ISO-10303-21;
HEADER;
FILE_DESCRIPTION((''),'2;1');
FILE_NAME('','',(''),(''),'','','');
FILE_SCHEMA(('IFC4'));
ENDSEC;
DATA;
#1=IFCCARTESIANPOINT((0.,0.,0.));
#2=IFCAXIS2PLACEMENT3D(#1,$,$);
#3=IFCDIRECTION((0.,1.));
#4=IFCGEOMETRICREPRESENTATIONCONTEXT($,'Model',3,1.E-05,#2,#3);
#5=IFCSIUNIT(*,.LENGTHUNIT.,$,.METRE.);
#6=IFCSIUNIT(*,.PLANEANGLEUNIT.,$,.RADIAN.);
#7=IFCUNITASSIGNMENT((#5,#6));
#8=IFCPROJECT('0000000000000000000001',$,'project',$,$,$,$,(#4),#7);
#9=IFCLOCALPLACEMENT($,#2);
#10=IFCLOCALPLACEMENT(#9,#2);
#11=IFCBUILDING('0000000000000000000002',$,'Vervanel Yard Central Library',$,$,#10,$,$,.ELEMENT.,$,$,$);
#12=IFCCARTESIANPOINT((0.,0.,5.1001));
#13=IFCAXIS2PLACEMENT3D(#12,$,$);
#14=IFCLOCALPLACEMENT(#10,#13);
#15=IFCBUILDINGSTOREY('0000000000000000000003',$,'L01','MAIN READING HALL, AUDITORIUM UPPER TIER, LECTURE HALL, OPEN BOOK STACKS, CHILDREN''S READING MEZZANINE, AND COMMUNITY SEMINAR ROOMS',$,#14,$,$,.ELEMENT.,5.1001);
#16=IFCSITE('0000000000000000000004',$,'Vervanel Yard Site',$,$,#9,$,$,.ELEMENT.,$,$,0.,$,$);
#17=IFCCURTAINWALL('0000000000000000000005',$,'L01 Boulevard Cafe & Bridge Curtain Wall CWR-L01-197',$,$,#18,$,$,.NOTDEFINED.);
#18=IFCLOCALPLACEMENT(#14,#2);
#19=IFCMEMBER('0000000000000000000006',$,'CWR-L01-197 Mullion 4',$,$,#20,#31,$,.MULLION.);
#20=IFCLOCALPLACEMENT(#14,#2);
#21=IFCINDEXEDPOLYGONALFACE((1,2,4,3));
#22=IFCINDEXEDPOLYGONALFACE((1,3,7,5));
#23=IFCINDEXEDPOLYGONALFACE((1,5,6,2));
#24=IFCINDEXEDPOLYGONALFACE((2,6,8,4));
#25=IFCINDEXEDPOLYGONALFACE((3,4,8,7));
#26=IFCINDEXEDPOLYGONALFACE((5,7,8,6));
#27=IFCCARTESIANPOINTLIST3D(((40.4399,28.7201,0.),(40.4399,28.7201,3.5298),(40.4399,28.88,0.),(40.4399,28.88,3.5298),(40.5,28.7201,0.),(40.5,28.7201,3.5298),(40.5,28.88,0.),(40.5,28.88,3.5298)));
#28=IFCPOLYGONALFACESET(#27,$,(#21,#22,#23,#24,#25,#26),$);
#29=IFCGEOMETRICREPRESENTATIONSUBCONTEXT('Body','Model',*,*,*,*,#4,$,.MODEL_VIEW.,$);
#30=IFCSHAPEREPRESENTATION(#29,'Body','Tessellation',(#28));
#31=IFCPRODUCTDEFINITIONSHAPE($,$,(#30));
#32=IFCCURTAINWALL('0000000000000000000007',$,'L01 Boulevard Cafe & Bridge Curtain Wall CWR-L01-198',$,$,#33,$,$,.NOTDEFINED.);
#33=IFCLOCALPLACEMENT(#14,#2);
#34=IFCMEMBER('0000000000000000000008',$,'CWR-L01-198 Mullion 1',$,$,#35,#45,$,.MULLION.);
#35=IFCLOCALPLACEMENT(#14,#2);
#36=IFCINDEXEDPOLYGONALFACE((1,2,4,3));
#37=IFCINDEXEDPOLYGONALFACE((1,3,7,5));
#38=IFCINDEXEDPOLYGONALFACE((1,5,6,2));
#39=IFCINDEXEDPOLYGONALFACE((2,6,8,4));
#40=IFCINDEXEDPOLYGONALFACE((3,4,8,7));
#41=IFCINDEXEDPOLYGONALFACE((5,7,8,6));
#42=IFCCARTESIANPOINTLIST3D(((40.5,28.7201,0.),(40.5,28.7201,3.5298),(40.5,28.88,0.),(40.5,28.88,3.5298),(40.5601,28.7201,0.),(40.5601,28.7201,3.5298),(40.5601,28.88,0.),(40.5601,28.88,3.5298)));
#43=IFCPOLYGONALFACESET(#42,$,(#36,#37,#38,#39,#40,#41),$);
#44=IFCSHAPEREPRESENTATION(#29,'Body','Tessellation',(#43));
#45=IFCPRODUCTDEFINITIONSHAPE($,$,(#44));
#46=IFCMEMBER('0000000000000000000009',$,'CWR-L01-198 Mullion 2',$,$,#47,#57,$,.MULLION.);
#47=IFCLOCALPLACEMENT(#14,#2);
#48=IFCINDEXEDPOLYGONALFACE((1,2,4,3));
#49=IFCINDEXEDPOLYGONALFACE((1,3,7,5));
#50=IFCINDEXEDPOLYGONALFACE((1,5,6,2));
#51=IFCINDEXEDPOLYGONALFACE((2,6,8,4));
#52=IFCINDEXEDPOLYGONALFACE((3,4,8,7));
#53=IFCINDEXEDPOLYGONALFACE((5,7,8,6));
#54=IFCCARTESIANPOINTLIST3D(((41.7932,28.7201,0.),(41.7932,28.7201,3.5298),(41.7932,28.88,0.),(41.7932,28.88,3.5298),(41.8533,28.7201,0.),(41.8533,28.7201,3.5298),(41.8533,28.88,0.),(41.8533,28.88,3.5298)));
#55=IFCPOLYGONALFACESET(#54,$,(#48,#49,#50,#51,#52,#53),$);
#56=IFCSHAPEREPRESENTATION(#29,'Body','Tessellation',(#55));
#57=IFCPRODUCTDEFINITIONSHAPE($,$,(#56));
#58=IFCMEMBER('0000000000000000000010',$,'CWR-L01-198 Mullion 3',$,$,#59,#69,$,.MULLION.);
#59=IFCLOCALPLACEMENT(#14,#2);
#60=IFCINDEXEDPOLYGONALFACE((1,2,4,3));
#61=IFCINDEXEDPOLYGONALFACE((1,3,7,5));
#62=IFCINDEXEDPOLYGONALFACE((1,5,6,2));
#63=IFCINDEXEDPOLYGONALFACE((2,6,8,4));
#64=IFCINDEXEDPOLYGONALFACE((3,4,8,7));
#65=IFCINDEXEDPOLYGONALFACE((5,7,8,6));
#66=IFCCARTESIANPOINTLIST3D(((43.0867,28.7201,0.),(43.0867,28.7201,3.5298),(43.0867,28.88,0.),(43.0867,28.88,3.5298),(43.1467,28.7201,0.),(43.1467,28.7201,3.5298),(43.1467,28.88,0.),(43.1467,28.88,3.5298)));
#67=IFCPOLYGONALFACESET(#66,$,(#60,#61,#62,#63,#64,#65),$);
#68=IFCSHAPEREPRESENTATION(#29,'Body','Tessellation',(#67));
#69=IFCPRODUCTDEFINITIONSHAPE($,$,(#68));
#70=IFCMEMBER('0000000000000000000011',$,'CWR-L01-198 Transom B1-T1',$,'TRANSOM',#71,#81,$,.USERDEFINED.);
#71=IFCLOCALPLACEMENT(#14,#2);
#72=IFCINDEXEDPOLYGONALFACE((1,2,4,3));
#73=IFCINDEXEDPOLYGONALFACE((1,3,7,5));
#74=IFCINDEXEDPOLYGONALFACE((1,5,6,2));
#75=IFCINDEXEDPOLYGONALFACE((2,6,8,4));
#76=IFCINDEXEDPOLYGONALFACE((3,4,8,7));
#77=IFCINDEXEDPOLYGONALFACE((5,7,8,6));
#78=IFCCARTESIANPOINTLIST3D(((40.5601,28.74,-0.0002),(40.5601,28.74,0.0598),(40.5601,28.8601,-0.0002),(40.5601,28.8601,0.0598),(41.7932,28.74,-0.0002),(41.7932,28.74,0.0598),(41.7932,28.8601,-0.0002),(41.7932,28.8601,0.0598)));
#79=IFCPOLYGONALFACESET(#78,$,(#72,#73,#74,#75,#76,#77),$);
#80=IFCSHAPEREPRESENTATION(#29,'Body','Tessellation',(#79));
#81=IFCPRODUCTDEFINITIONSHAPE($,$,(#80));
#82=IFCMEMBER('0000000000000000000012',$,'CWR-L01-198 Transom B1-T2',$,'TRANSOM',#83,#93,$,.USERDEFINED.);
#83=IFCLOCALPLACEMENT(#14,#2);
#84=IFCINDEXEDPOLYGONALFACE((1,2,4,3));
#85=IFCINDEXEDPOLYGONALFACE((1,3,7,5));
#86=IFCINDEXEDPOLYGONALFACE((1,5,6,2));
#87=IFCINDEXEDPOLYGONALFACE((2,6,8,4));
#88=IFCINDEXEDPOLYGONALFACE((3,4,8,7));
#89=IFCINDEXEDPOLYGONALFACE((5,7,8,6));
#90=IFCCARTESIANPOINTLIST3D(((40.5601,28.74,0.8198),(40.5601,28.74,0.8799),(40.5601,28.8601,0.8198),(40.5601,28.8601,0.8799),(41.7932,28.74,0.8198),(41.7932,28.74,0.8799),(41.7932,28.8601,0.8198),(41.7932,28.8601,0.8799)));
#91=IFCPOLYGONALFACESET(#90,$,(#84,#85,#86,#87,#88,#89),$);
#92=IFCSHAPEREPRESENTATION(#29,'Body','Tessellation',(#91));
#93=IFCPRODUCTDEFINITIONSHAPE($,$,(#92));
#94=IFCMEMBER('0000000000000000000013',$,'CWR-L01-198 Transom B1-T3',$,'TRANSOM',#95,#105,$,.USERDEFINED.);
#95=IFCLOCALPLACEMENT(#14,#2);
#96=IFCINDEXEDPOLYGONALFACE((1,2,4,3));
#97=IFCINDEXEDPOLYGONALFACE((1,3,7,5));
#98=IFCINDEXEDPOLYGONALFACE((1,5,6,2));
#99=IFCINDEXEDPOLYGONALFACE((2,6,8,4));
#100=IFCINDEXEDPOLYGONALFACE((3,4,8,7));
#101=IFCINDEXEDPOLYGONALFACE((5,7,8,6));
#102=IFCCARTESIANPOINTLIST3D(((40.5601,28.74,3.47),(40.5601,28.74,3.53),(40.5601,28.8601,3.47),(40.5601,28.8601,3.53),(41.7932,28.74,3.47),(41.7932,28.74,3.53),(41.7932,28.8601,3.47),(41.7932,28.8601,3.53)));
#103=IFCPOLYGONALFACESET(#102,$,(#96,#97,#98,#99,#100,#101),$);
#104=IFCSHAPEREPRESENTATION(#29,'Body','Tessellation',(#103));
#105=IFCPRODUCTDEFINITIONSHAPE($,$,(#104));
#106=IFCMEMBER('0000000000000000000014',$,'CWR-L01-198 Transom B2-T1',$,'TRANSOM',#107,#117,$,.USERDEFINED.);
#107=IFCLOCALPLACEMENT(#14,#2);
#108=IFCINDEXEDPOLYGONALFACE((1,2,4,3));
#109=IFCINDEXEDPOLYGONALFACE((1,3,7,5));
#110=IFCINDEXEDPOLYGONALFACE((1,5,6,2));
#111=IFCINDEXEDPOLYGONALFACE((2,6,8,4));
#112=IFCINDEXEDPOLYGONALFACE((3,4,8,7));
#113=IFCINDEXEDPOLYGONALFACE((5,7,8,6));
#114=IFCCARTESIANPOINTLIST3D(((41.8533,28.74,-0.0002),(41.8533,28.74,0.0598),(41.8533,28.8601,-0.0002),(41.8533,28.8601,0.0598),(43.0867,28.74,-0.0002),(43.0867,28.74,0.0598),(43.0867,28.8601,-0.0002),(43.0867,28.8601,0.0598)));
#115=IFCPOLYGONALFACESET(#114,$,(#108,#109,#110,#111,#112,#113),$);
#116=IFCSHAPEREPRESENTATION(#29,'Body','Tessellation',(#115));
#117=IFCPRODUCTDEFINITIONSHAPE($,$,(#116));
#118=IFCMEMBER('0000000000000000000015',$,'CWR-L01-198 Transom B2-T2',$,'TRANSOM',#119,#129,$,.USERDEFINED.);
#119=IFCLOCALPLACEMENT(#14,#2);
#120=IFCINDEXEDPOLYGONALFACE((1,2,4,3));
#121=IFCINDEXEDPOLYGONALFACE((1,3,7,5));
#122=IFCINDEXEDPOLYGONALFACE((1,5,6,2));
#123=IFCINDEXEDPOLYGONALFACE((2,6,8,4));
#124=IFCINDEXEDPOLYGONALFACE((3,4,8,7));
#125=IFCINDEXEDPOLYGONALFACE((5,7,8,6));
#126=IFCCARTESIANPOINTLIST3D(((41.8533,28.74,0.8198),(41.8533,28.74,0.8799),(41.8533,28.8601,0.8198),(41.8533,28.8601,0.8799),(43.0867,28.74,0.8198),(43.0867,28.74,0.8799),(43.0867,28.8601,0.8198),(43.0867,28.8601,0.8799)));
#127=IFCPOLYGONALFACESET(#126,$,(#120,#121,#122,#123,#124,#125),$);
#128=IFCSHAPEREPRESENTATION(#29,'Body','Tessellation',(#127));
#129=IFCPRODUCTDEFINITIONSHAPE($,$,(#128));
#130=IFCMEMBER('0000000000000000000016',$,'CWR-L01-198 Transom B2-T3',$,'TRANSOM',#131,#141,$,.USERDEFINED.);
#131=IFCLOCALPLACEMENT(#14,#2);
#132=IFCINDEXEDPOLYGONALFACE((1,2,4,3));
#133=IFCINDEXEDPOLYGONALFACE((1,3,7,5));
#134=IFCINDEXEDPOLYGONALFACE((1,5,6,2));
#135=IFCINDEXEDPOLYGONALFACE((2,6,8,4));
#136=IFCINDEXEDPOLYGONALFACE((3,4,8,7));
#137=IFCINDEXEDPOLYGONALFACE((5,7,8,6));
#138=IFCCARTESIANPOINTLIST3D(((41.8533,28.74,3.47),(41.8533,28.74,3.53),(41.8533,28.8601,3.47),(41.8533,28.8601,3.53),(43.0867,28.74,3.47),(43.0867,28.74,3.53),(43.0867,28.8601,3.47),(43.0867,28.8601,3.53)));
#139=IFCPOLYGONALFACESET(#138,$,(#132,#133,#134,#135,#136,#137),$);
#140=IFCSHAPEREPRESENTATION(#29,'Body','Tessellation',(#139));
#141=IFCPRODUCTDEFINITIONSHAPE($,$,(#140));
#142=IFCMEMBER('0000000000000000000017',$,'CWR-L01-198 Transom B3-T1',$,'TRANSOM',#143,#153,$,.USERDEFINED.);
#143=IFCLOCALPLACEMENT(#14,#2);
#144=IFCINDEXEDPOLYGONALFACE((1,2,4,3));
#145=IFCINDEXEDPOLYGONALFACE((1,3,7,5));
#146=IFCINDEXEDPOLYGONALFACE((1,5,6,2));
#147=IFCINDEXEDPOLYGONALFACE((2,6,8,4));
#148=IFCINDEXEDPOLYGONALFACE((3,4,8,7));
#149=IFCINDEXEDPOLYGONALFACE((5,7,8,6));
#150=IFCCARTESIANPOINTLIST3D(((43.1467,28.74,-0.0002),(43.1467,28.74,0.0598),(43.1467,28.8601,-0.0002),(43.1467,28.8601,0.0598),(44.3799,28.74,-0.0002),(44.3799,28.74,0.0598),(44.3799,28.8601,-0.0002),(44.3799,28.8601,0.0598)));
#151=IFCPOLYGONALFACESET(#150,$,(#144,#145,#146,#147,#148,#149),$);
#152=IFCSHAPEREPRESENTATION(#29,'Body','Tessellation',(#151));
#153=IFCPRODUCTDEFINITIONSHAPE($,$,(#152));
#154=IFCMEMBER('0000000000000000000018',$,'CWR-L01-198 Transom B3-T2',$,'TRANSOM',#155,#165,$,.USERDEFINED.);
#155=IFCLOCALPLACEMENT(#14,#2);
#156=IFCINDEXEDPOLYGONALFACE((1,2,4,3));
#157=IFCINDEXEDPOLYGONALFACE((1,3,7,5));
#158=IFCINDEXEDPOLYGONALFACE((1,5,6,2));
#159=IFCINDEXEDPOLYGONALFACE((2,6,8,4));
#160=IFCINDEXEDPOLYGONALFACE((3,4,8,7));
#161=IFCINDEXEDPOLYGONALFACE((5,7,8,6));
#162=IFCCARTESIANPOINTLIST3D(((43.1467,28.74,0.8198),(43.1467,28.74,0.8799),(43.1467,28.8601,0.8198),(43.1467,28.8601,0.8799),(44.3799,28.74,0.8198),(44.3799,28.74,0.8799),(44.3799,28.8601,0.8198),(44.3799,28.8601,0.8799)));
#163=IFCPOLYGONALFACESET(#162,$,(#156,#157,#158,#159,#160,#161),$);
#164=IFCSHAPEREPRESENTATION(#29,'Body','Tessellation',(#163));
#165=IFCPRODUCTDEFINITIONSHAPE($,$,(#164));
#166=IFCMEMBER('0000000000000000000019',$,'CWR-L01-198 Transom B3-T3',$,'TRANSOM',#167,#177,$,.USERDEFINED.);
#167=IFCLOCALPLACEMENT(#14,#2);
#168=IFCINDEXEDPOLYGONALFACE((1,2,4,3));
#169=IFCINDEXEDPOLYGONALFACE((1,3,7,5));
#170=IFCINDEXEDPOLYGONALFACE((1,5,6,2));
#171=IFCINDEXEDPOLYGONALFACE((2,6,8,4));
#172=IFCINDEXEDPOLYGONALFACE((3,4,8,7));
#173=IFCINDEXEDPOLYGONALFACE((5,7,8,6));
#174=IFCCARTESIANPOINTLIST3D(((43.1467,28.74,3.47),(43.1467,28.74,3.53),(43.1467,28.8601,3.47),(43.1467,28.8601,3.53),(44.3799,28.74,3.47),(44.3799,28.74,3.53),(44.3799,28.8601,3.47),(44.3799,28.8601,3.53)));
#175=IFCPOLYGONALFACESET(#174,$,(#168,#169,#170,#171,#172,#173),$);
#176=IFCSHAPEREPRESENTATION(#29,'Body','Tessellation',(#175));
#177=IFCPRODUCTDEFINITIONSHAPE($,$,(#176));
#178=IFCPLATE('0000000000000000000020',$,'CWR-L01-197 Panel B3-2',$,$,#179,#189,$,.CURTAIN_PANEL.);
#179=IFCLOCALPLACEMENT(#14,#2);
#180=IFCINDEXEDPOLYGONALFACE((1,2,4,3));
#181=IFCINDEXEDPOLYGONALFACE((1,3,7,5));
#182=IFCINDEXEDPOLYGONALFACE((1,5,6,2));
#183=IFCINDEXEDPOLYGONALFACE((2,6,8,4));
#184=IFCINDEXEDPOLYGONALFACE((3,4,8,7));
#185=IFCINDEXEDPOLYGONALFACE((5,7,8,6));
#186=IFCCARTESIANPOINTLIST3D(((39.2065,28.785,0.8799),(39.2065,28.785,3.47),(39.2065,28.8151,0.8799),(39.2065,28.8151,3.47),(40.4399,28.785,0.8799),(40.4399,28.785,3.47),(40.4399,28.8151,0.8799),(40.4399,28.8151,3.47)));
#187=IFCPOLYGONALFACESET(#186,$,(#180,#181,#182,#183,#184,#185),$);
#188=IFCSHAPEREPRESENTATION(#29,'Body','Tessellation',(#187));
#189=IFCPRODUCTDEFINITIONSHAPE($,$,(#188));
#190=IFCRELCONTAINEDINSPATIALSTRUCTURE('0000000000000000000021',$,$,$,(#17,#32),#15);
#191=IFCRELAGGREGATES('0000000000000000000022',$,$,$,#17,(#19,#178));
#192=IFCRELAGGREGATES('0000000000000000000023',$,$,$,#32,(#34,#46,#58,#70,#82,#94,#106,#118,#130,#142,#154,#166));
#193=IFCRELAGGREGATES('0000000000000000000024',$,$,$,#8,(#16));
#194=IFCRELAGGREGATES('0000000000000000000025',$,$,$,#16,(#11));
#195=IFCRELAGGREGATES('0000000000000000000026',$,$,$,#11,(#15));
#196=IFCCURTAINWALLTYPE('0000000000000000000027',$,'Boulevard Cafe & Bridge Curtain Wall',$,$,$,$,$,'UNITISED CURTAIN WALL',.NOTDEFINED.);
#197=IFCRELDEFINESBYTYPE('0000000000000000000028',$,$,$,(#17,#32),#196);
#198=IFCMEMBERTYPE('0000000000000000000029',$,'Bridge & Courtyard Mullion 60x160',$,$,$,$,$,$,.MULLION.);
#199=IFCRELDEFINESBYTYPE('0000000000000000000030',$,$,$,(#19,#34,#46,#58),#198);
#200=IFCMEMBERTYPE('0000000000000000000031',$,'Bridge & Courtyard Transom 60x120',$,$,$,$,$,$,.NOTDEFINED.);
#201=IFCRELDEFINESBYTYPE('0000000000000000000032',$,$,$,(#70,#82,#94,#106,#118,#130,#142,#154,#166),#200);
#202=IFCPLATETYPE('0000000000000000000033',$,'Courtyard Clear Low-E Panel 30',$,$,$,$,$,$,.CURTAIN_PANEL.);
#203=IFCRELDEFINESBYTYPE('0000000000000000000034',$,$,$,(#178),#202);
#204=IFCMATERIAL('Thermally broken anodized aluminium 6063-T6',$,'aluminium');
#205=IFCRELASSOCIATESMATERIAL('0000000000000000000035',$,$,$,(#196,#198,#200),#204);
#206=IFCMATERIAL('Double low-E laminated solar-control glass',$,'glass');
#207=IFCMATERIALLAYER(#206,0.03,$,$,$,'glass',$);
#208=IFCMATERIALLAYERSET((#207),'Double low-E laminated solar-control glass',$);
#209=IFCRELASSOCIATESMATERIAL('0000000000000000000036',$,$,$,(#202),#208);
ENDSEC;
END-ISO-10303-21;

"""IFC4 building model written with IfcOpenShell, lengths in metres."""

from ifc_helpers import new_model, si_unit, direction, frame, origin, origin_2d, place, context, subcontext, project, spatial, rectangle, extrude, material, layer, layer_set, material_profile, profile_set, type_object, element, aggregate, save


model = new_model("IFC4")

# Units and contexts
model_context = context("Model", 3, precision=1e-05, world=origin(), true_north=direction((0.0, 1.0)))
body_context = subcontext(model_context, "Body", "Model", "MODEL_VIEW")
ifc_project = project(units=[si_unit("LENGTHUNIT", "METRE"), si_unit("PLANEANGLEUNIT", "RADIAN")], contexts=[model_context])

# Site, building, storey
site_placement = place(None, origin())
site = spatial("IfcSite", under=ifc_project, at=site_placement, Name="Vervanel Yard Site", CompositionType="ELEMENT", RefElevation=0.0)
building_placement = place(site_placement, origin())
building = spatial("IfcBuilding", under=site, at=building_placement, Name="Vervanel Yard Central Library", CompositionType="ELEMENT")
storey_placement = place(building_placement, frame((0.0, 0.0, 5.1001)))
storey = spatial("IfcBuildingStorey", under=building, at=storey_placement, Name="L01", Description="MAIN READING HALL, AUDITORIUM UPPER TIER, LECTURE HALL, OPEN BOOK STACKS, CHILDREN'S READING MEZZANINE, AND COMMUNITY SEMINAR ROOMS", CompositionType="ELEMENT", Elevation=5.1001)

# Curtain wall, member
ifc_material_1 = material(Name="Thermally broken anodized aluminium 6063-T6", Category="aluminium")
curtain_wall_type = type_object("IfcCurtainWallType", Name="Boulevard Cafe & Bridge Curtain Wall", ElementType="UNITISED CURTAIN WALL", PredefinedType="NOTDEFINED", material=ifc_material_1)
curtain_wall_1_placement = place(storey_placement, origin())
curtain_wall_1 = element("IfcCurtainWall", 1, at=curtain_wall_1_placement, inside=storey, type_object=curtain_wall_type, Name="L01 Boulevard Cafe & Bridge Curtain Wall CWR-L01-197", PredefinedType="NOTDEFINED")
ifc_material_profile_1 = material_profile(ifc_material_1, rectangle(XDim=0.0601, YDim=0.1599, at=origin_2d()), Name="ALU 60x160", Category="aluminium")
ifc_profile_set_1 = profile_set([ifc_material_profile_1], Name="Thermally broken anodized aluminium 6063-T6")
member_type_1 = type_object("IfcMemberType", Name="Bridge & Courtyard Mullion 60x160", PredefinedType="MULLION", material=ifc_profile_set_1)
member_1_placement = place(storey_placement, frame((40.47, 28.8, 0.0), z_axis=(0.0, 0.0, 1.0), x_axis=(1.0, 0.0, 0.0)))
member_1 = element("IfcMember", 2, at=member_1_placement, type_object=member_type_1, Name="CWR-L01-197 Mullion 4", PredefinedType="MULLION", context=body_context, shape_type="SweptSolid", body=[
    extrude(rectangle(XDim=0.0601, YDim=0.1599, at=origin_2d()), origin(), (0.0, 0.0, 1.0), 3.5298),
])

# Curtain wall, members
curtain_wall_2_placement = place(storey_placement, origin())
curtain_wall_2 = element("IfcCurtainWall", 3, at=curtain_wall_2_placement, inside=storey, type_object=curtain_wall_type, Name="L01 Boulevard Cafe & Bridge Curtain Wall CWR-L01-198", PredefinedType="NOTDEFINED")
member_2_placement = place(storey_placement, frame((40.53, 28.8, 0.0), z_axis=(0.0, 0.0, 1.0), x_axis=(1.0, 0.0, 0.0)))
member_2 = element("IfcMember", 4, at=member_2_placement, type_object=member_type_1, Name="CWR-L01-198 Mullion 1", PredefinedType="MULLION", context=body_context, shape_type="SweptSolid", body=[
    extrude(rectangle(XDim=0.0601, YDim=0.1599, at=origin_2d()), origin(), (0.0, 0.0, 1.0), 3.5298),
])
member_3_placement = place(storey_placement, frame((41.8232, 28.8, 0.0), z_axis=(0.0, 0.0, 1.0), x_axis=(1.0, 0.0, 0.0)))
member_3 = element("IfcMember", 5, at=member_3_placement, type_object=member_type_1, Name="CWR-L01-198 Mullion 2", PredefinedType="MULLION", context=body_context, shape_type="SweptSolid", body=[
    extrude(rectangle(XDim=0.0601, YDim=0.1599, at=origin_2d()), origin(), (0.0, 0.0, 1.0), 3.5298),
])
member_4_placement = place(storey_placement, frame((43.1167, 28.8, 0.0), z_axis=(0.0, 0.0, 1.0), x_axis=(1.0, 0.0, 0.0)))
member_4 = element("IfcMember", 6, at=member_4_placement, type_object=member_type_1, Name="CWR-L01-198 Mullion 3", PredefinedType="MULLION", context=body_context, shape_type="SweptSolid", body=[
    extrude(rectangle(XDim=0.0601, YDim=0.1599, at=origin_2d()), origin(), (0.0, 0.0, 1.0), 3.5298),
])
ifc_material_profile_2 = material_profile(ifc_material_1, rectangle(XDim=0.0601, YDim=0.1201, at=origin_2d()), Name="ALU 60x120", Category="aluminium")
ifc_profile_set_2 = profile_set([ifc_material_profile_2], Name="Thermally broken anodized aluminium 6063-T6")
member_type_2 = type_object("IfcMemberType", Name="Bridge & Courtyard Transom 60x120", PredefinedType="NOTDEFINED", material=ifc_profile_set_2)
member_5_placement = place(storey_placement, frame((40.5601, 28.8, 0.0298), z_axis=(1.0, 0.0, 0.0), x_axis=(0.0, 0.0, 1.0)))
member_5 = element("IfcMember", 7, at=member_5_placement, type_object=member_type_2, Name="CWR-L01-198 Transom B1-T1", ObjectType="TRANSOM", PredefinedType="USERDEFINED", context=body_context, shape_type="SweptSolid", body=[
    extrude(rectangle(XDim=0.0601, YDim=0.1201, at=origin_2d()), origin(), (0.0, 0.0, 1.0), 1.2332),
])
member_6_placement = place(storey_placement, frame((40.5601, 28.8, 0.8499), z_axis=(1.0, 0.0, 0.0), x_axis=(0.0, 0.0, 1.0)))
member_6 = element("IfcMember", 8, at=member_6_placement, type_object=member_type_2, Name="CWR-L01-198 Transom B1-T2", ObjectType="TRANSOM", PredefinedType="USERDEFINED", context=body_context, shape_type="SweptSolid", body=[
    extrude(rectangle(XDim=0.0601, YDim=0.1201, at=origin_2d()), origin(), (0.0, 0.0, 1.0), 1.2332),
])
member_7_placement = place(storey_placement, frame((40.5601, 28.8, 3.5), z_axis=(1.0, 0.0, 0.0), x_axis=(0.0, 0.0, 1.0)))
member_7 = element("IfcMember", 9, at=member_7_placement, type_object=member_type_2, Name="CWR-L01-198 Transom B1-T3", ObjectType="TRANSOM", PredefinedType="USERDEFINED", context=body_context, shape_type="SweptSolid", body=[
    extrude(rectangle(XDim=0.0601, YDim=0.1201, at=origin_2d()), origin(), (0.0, 0.0, 1.0), 1.2332),
])
member_8_placement = place(storey_placement, frame((41.8533, 28.8, 0.0298), z_axis=(1.0, 0.0, 0.0), x_axis=(0.0, 0.0, 1.0)))
member_8 = element("IfcMember", 10, at=member_8_placement, type_object=member_type_2, Name="CWR-L01-198 Transom B2-T1", ObjectType="TRANSOM", PredefinedType="USERDEFINED", context=body_context, shape_type="SweptSolid", body=[
    extrude(rectangle(XDim=0.0601, YDim=0.1201, at=origin_2d()), origin(), (0.0, 0.0, 1.0), 1.2334),
])
member_9_placement = place(storey_placement, frame((41.8533, 28.8, 0.8499), z_axis=(1.0, 0.0, 0.0), x_axis=(0.0, 0.0, 1.0)))
member_9 = element("IfcMember", 11, at=member_9_placement, type_object=member_type_2, Name="CWR-L01-198 Transom B2-T2", ObjectType="TRANSOM", PredefinedType="USERDEFINED", context=body_context, shape_type="SweptSolid", body=[
    extrude(rectangle(XDim=0.0601, YDim=0.1201, at=origin_2d()), origin(), (0.0, 0.0, 1.0), 1.2334),
])
member_10_placement = place(storey_placement, frame((41.8533, 28.8, 3.5), z_axis=(1.0, 0.0, 0.0), x_axis=(0.0, 0.0, 1.0)))
member_10 = element("IfcMember", 12, at=member_10_placement, type_object=member_type_2, Name="CWR-L01-198 Transom B2-T3", ObjectType="TRANSOM", PredefinedType="USERDEFINED", context=body_context, shape_type="SweptSolid", body=[
    extrude(rectangle(XDim=0.0601, YDim=0.1201, at=origin_2d()), origin(), (0.0, 0.0, 1.0), 1.2334),
])
member_11_placement = place(storey_placement, frame((43.1467, 28.8, 0.0298), z_axis=(1.0, 0.0, 0.0), x_axis=(0.0, 0.0, 1.0)))
member_11 = element("IfcMember", 13, at=member_11_placement, type_object=member_type_2, Name="CWR-L01-198 Transom B3-T1", ObjectType="TRANSOM", PredefinedType="USERDEFINED", context=body_context, shape_type="SweptSolid", body=[
    extrude(rectangle(XDim=0.0601, YDim=0.1201, at=origin_2d()), origin(), (0.0, 0.0, 1.0), 1.2332),
])
member_12_placement = place(storey_placement, frame((43.1467, 28.8, 0.8499), z_axis=(1.0, 0.0, 0.0), x_axis=(0.0, 0.0, 1.0)))
member_12 = element("IfcMember", 14, at=member_12_placement, type_object=member_type_2, Name="CWR-L01-198 Transom B3-T2", ObjectType="TRANSOM", PredefinedType="USERDEFINED", context=body_context, shape_type="SweptSolid", body=[
    extrude(rectangle(XDim=0.0601, YDim=0.1201, at=origin_2d()), origin(), (0.0, 0.0, 1.0), 1.2332),
])
member_13_placement = place(storey_placement, frame((43.1467, 28.8, 3.5), z_axis=(1.0, 0.0, 0.0), x_axis=(0.0, 0.0, 1.0)))
member_13 = element("IfcMember", 15, at=member_13_placement, type_object=member_type_2, Name="CWR-L01-198 Transom B3-T3", ObjectType="TRANSOM", PredefinedType="USERDEFINED", context=body_context, shape_type="SweptSolid", body=[
    extrude(rectangle(XDim=0.0601, YDim=0.1201, at=origin_2d()), origin(), (0.0, 0.0, 1.0), 1.2332),
])

# Plate
ifc_material_2 = material(Name="Double low-E laminated solar-control glass", Category="glass")
ifc_layer_1 = layer(ifc_material_2, 0.03, Category="glass")
ifc_layer_set_1 = layer_set([ifc_layer_1], Name="Double low-E laminated solar-control glass")
plate_type_1 = type_object("IfcPlateType", Name="Courtyard Clear Low-E Panel 30", PredefinedType="CURTAIN_PANEL", material=ifc_layer_set_1)
plate_1_placement = place(storey_placement, frame((39.8232, 28.8, 0.8799), z_axis=(0.0, 0.0, 1.0), x_axis=(1.0, 0.0, 0.0)))
plate_1 = element("IfcPlate", 16, at=plate_1_placement, type_object=plate_type_1, Name="CWR-L01-197 Panel B3-2", PredefinedType="CURTAIN_PANEL", context=body_context, shape_type="SweptSolid", body=[
    extrude(rectangle(XDim=1.2334, YDim=0.03, at=origin_2d()), origin(), (0.0, 0.0, 1.0), 2.5901),
])
aggregate(curtain_wall_1, [member_1, plate_1])
aggregate(curtain_wall_2, [member_2, member_3, member_4, member_5, member_6, member_7, member_8, member_9, member_10, member_11, member_12, member_13])

save(model, "model.ifc")
